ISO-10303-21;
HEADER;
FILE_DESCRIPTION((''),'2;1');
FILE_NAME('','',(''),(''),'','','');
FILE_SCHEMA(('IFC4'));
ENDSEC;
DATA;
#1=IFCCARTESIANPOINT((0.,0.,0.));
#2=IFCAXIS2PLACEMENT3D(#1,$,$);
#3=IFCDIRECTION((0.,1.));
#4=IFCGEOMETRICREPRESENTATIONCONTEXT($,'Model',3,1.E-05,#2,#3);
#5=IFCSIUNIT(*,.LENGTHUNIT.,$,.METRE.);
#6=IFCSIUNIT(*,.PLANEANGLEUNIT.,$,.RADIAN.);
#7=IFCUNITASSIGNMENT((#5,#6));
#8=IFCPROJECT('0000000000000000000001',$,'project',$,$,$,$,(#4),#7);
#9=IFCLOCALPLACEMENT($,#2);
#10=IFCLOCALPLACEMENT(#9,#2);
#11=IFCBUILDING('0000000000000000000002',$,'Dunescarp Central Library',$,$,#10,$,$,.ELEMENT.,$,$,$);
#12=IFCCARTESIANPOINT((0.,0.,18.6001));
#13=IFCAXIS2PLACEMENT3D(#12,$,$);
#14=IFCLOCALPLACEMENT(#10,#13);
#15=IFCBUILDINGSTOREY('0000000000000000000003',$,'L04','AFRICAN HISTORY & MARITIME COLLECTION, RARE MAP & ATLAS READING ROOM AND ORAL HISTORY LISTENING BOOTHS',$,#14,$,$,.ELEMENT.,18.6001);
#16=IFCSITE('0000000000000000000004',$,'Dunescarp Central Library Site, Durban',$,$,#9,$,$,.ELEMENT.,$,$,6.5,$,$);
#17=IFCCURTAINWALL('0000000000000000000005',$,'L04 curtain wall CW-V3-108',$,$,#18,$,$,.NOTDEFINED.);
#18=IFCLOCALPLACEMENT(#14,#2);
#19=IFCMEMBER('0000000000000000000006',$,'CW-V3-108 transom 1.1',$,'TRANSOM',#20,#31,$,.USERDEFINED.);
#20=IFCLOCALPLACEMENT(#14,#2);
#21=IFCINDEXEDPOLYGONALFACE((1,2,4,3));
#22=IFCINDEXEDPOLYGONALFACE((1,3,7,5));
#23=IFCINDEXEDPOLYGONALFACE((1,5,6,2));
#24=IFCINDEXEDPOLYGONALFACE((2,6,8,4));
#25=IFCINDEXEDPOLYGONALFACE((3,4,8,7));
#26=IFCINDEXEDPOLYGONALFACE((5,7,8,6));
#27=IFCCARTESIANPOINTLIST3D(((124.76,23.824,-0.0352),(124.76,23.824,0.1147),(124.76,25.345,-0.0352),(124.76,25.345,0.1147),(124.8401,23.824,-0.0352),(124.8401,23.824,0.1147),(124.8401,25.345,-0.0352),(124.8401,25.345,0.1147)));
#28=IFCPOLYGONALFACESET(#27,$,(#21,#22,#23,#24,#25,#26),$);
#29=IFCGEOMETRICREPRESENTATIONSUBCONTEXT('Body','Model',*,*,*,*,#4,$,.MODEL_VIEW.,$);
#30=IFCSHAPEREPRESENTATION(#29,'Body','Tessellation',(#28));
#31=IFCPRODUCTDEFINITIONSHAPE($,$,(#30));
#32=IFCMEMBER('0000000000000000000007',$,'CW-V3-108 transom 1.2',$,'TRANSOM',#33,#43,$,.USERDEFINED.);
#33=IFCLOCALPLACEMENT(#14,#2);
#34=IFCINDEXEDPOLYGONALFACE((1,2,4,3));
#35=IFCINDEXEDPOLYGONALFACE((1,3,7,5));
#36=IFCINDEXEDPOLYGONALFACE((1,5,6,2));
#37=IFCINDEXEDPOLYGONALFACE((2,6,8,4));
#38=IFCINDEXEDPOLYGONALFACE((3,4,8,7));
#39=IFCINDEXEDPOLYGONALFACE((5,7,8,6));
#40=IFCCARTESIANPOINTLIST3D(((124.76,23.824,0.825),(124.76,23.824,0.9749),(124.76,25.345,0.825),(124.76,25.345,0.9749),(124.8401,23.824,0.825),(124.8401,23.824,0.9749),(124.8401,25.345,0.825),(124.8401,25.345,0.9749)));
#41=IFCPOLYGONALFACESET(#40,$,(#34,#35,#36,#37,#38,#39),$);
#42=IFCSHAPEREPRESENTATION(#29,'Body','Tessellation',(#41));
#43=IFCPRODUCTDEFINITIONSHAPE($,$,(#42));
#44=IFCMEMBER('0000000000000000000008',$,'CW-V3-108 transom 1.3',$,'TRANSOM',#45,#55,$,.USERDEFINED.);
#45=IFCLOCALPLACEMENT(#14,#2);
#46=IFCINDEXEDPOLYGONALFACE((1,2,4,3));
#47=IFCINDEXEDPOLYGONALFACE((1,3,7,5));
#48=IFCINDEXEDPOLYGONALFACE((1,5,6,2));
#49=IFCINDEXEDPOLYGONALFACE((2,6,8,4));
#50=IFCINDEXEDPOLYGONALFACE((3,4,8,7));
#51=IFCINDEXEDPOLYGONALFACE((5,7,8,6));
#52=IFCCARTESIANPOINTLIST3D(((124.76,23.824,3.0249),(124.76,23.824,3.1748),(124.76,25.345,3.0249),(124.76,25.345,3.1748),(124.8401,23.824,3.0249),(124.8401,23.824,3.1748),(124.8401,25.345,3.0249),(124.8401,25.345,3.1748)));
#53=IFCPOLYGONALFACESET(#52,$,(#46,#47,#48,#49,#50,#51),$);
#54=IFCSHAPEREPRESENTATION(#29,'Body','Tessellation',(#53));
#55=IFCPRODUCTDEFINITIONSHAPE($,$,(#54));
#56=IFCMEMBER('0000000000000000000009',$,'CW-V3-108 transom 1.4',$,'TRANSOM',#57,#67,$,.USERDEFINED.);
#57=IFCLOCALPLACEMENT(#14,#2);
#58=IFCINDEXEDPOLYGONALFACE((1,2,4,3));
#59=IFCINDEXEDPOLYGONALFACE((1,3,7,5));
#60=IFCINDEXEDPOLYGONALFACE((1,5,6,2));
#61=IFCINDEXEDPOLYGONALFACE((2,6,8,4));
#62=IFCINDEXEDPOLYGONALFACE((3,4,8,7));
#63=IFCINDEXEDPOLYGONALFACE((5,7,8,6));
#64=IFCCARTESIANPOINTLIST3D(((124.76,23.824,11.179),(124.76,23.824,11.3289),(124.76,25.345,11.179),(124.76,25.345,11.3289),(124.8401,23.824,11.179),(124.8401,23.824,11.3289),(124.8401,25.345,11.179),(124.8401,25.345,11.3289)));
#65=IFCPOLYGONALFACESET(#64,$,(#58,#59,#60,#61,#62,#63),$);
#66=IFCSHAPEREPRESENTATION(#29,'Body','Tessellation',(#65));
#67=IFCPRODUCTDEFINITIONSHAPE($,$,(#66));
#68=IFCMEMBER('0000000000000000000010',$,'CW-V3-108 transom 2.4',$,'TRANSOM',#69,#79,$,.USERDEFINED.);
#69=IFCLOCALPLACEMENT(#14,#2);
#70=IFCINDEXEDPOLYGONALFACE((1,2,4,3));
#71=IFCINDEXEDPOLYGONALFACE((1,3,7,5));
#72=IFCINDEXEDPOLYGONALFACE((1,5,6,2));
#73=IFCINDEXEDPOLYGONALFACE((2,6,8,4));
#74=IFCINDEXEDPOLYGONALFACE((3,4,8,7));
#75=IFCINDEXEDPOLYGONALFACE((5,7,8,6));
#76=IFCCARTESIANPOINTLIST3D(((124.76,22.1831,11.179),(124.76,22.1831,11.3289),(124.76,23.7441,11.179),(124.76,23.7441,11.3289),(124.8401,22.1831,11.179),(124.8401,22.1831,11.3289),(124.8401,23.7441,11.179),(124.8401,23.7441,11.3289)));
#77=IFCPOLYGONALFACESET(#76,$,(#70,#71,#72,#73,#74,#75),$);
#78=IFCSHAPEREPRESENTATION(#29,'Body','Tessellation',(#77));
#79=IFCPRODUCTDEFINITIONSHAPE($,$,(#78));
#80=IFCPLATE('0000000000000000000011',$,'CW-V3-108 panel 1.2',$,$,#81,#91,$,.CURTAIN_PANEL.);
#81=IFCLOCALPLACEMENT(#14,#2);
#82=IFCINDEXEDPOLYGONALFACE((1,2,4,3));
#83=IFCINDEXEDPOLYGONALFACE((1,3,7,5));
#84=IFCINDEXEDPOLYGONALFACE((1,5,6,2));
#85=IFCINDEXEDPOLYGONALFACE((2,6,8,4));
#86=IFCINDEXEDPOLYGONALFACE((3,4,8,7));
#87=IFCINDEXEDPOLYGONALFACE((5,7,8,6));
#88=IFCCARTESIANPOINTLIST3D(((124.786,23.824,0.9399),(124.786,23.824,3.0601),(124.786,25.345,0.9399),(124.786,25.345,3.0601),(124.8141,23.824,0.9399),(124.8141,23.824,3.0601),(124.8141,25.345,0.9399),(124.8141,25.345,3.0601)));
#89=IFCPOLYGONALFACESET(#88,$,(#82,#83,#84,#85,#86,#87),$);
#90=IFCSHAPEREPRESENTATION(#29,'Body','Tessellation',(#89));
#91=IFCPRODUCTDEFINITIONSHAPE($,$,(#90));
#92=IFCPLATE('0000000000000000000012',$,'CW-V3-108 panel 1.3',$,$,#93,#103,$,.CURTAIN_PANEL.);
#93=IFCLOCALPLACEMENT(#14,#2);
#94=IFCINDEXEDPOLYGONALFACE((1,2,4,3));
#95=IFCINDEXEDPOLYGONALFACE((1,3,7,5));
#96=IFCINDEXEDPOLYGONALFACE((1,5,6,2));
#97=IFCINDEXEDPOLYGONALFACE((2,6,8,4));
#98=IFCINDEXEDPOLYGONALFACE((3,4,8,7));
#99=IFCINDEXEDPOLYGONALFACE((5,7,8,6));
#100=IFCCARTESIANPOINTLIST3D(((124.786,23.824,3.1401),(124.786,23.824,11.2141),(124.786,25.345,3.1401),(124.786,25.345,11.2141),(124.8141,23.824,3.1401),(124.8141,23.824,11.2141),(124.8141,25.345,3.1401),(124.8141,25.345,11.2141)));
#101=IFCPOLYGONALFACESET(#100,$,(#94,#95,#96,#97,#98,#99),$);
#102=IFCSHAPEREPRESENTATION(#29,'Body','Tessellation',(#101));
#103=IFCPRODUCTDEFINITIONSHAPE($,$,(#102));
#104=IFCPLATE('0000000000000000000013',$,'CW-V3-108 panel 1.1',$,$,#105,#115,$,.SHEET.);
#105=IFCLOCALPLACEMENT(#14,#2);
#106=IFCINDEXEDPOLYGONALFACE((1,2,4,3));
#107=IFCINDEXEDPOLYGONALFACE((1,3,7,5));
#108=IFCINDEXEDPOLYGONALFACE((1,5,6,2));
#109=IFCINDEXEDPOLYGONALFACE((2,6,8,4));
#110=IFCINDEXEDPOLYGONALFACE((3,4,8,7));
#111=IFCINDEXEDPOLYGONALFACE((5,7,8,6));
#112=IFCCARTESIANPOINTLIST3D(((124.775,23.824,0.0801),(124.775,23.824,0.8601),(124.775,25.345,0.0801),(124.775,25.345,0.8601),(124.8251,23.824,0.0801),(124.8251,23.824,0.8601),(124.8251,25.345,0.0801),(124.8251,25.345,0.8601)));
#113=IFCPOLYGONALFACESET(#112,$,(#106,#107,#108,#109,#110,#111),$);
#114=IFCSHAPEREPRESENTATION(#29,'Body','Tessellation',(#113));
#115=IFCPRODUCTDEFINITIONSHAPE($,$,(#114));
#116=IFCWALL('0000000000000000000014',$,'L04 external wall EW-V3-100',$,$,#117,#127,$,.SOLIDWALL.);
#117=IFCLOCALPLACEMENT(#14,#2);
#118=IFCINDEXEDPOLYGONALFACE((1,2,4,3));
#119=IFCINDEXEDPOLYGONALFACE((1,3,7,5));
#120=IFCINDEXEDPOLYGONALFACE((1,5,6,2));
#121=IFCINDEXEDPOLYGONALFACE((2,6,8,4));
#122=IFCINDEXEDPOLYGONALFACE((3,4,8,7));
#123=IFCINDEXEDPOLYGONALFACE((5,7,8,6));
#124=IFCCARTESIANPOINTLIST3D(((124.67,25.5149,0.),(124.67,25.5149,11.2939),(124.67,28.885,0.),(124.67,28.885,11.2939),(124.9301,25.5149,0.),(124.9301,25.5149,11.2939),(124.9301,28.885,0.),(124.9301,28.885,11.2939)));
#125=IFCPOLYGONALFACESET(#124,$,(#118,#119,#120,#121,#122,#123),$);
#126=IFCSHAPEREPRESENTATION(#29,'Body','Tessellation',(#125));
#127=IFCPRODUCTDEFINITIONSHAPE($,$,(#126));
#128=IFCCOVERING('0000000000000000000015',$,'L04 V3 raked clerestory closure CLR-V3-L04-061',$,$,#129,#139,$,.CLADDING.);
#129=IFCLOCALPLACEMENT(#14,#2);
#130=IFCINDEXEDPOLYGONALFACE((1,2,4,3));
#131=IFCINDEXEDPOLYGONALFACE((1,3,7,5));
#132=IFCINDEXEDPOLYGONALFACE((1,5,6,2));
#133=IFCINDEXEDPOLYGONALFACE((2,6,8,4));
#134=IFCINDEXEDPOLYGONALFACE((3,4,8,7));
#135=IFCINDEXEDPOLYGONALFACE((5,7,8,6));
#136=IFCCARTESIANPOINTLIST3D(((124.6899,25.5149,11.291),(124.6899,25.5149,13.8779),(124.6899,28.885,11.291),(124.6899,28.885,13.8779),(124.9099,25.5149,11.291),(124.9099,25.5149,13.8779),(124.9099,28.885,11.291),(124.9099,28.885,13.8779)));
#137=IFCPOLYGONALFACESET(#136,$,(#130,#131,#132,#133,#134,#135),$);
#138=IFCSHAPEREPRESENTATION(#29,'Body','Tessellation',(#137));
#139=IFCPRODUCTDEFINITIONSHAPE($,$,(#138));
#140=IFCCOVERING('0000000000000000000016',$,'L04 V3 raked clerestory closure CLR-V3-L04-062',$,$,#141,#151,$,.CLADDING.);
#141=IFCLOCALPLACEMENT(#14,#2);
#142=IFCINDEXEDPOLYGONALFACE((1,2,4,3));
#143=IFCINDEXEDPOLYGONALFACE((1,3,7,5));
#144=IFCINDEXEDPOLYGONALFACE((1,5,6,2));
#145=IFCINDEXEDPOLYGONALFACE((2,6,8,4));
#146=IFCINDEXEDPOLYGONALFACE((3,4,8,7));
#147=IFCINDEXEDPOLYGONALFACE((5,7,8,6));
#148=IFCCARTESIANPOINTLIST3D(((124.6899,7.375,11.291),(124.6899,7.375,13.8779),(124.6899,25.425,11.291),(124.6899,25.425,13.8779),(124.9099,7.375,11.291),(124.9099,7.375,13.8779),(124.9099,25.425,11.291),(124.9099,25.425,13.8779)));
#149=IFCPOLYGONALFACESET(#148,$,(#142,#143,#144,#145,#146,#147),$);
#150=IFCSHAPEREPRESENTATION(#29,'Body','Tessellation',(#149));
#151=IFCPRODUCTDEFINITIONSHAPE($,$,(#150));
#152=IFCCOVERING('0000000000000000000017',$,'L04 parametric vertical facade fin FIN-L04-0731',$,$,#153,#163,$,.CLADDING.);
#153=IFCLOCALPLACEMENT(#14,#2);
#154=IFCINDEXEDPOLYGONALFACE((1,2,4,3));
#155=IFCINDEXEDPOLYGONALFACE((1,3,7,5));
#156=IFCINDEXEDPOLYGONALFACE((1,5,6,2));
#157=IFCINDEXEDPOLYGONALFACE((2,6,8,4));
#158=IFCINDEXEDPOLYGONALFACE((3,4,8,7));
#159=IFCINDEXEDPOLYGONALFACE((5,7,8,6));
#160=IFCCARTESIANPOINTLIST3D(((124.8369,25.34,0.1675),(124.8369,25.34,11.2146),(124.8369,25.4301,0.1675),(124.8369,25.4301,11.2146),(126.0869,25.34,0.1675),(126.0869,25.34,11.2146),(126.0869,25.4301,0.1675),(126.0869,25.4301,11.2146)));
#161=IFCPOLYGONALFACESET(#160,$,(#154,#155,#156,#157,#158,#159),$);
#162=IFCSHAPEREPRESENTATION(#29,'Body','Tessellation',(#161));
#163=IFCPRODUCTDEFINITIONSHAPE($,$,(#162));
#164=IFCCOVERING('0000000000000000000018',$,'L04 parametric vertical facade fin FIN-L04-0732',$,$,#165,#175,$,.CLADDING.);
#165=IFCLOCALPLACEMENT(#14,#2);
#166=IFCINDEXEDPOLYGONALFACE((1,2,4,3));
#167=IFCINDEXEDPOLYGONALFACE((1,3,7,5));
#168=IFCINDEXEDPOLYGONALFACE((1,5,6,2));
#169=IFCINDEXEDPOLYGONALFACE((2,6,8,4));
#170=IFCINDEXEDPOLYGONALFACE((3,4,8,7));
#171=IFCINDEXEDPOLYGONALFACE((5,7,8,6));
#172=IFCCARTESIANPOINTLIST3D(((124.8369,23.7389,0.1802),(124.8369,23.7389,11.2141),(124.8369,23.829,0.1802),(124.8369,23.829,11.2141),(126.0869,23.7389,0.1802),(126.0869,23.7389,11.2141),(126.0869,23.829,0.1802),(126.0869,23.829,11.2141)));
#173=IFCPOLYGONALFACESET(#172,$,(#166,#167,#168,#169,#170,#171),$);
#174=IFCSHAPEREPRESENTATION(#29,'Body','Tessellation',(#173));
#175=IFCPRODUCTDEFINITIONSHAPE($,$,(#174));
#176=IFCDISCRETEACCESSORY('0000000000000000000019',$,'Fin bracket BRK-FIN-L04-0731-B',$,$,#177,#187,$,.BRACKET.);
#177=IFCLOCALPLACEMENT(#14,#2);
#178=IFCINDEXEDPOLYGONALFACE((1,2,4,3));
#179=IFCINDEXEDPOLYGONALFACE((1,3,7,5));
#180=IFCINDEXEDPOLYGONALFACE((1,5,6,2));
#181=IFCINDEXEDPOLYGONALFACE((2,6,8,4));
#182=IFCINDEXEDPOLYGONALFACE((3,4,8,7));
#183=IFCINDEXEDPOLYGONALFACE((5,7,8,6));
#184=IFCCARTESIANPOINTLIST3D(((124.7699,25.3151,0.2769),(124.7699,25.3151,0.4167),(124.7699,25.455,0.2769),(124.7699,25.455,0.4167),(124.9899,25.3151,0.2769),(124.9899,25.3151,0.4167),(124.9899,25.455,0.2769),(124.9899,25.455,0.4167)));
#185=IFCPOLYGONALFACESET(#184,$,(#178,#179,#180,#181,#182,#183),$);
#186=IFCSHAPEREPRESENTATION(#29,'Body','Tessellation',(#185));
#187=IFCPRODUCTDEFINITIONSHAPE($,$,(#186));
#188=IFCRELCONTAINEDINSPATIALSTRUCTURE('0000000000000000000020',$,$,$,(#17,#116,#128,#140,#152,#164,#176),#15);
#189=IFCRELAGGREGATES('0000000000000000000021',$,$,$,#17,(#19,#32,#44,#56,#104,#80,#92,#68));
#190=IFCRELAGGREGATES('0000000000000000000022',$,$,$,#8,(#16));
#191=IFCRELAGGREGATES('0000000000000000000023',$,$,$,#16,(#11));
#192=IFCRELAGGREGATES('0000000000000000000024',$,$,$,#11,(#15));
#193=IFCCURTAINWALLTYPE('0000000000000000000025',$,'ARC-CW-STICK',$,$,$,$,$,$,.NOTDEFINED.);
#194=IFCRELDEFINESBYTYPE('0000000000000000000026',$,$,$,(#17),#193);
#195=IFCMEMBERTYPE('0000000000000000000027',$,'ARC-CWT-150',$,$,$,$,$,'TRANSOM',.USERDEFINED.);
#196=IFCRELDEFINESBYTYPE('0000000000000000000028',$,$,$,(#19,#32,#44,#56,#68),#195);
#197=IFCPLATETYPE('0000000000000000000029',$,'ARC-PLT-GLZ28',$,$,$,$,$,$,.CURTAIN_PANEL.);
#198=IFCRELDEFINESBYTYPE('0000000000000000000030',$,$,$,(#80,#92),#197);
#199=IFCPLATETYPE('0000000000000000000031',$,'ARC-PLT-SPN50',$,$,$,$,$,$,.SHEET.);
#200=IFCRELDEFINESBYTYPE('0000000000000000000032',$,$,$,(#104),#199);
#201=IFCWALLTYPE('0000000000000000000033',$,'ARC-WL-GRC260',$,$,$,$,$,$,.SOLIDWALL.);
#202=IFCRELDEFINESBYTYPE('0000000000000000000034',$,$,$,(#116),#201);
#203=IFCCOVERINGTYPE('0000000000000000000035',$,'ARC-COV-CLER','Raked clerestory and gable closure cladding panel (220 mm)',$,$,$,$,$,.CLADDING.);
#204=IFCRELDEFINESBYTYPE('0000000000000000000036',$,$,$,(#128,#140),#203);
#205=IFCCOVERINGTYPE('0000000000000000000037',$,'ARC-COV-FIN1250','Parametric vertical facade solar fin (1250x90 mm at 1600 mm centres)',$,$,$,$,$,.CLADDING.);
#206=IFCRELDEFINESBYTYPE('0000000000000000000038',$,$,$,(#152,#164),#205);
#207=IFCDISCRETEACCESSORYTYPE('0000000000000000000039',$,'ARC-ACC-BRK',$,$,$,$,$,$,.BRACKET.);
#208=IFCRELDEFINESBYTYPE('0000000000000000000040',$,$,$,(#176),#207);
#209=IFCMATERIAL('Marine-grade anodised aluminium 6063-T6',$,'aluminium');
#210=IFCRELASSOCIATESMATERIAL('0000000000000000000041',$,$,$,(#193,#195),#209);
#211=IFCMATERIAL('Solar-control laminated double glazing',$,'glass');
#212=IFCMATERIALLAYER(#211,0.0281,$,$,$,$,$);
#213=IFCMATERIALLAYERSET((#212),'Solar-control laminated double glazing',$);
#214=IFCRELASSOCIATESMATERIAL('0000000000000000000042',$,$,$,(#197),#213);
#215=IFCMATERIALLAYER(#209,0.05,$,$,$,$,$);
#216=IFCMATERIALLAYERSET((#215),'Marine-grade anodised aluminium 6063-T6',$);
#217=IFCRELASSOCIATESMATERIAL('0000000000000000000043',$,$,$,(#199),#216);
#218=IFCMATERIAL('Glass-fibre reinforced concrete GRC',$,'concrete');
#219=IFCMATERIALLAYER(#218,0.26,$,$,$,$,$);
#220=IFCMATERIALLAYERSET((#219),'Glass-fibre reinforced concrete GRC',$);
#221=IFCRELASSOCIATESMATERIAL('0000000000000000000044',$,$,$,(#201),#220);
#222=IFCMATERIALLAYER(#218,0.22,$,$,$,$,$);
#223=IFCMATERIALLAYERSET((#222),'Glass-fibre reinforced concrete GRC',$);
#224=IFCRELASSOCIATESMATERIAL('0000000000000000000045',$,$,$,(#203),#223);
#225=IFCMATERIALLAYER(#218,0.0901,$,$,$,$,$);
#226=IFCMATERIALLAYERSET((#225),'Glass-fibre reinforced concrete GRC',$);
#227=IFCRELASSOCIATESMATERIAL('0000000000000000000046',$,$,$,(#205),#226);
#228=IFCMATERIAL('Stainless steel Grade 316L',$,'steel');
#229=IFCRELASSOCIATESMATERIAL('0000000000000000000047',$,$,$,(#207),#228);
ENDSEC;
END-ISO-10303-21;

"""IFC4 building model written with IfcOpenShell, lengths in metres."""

from ifc_helpers import new_model, si_unit, direction, frame, frame_2d, origin, origin_2d, place, context, subcontext, project, spatial, polyline, rectangle, outline, extrude, material, layer, layer_set, material_profile, profile_set, type_object, element, aggregate, save


model = new_model("IFC4")

# Units and contexts
model_context = context("Model", 3, precision=1e-05, world=origin(), true_north=direction((0.0, 1.0)))
body_context = subcontext(model_context, "Body", "Model", "MODEL_VIEW")
ifc_project = project(units=[si_unit("LENGTHUNIT", "METRE"), si_unit("PLANEANGLEUNIT", "RADIAN")], contexts=[model_context])

# Site, building, storey
site_placement = place(None, origin())
site = spatial("IfcSite", under=ifc_project, at=site_placement, Name="Dunescarp Central Library Site, Durban", CompositionType="ELEMENT", RefElevation=6.5)
building_placement = place(site_placement, origin())
building = spatial("IfcBuilding", under=site, at=building_placement, Name="Dunescarp Central Library", CompositionType="ELEMENT")
storey_placement = place(building_placement, frame((0.0, 0.0, 18.6001)))
storey = spatial("IfcBuildingStorey", under=building, at=storey_placement, Name="L04", Description="AFRICAN HISTORY & MARITIME COLLECTION, RARE MAP & ATLAS READING ROOM AND ORAL HISTORY LISTENING BOOTHS", CompositionType="ELEMENT", Elevation=18.6001)

# Curtain wall, members, plates
ifc_material_1 = material(Name="Marine-grade anodised aluminium 6063-T6", Category="aluminium")
curtain_wall_type = type_object("IfcCurtainWallType", Name="ARC-CW-STICK", PredefinedType="NOTDEFINED", material=ifc_material_1)
curtain_wall_placement = place(storey_placement, origin())
curtain_wall = element("IfcCurtainWall", 1, at=curtain_wall_placement, inside=storey, type_object=curtain_wall_type, Name="L04 curtain wall CW-V3-108", PredefinedType="NOTDEFINED")
ifc_material_profile_1 = material_profile(ifc_material_1, rectangle(XDim=0.0801, YDim=0.1499, at=origin_2d()), Name="AL 80x150")
ifc_profile_set_1 = profile_set([ifc_material_profile_1], Name="Marine-grade anodised aluminium 6063-T6")
member_type_1 = type_object("IfcMemberType", Name="ARC-CWT-150", ElementType="TRANSOM", PredefinedType="USERDEFINED", material=ifc_profile_set_1)
member_1_placement = place(storey_placement, frame((124.8, 25.345, 0.0398), z_axis=(0.0, -1.0, 0.0), x_axis=(1.0, 0.0, 0.0)))
member_1 = element("IfcMember", 2, at=member_1_placement, type_object=member_type_1, Name="CW-V3-108 transom 1.1", ObjectType="TRANSOM", PredefinedType="USERDEFINED", context=body_context, shape_type="SweptSolid", body=[
    extrude(rectangle(XDim=0.0801, YDim=0.1499, at=origin_2d()), origin(), (0.0, 0.0, 1.0), 1.521),
])
member_2_placement = place(storey_placement, frame((124.8, 25.345, 0.8999), z_axis=(0.0, -1.0, 0.0), x_axis=(1.0, 0.0, 0.0)))
member_2 = element("IfcMember", 3, at=member_2_placement, type_object=member_type_1, Name="CW-V3-108 transom 1.2", ObjectType="TRANSOM", PredefinedType="USERDEFINED", context=body_context, shape_type="SweptSolid", body=[
    extrude(rectangle(XDim=0.0801, YDim=0.1499, at=origin_2d()), origin(), (0.0, 0.0, 1.0), 1.521),
])
member_3_placement = place(storey_placement, frame((124.8, 25.345, 3.0999), z_axis=(0.0, -1.0, 0.0), x_axis=(1.0, 0.0, 0.0)))
member_3 = element("IfcMember", 4, at=member_3_placement, type_object=member_type_1, Name="CW-V3-108 transom 1.3", ObjectType="TRANSOM", PredefinedType="USERDEFINED", context=body_context, shape_type="SweptSolid", body=[
    extrude(rectangle(XDim=0.0801, YDim=0.1499, at=origin_2d()), origin(), (0.0, 0.0, 1.0), 1.521),
])
member_4_placement = place(storey_placement, frame((124.8, 25.345, 11.2539), z_axis=(0.0, -1.0, 0.0), x_axis=(1.0, 0.0, 0.0)))
member_4 = element("IfcMember", 5, at=member_4_placement, type_object=member_type_1, Name="CW-V3-108 transom 1.4", ObjectType="TRANSOM", PredefinedType="USERDEFINED", context=body_context, shape_type="SweptSolid", body=[
    extrude(rectangle(XDim=0.0801, YDim=0.1499, at=origin_2d()), origin(), (0.0, 0.0, 1.0), 1.521),
])
member_5_placement = place(storey_placement, frame((124.8, 23.7441, 11.2539), z_axis=(0.0, -1.0, 0.0), x_axis=(1.0, 0.0, 0.0)))
member_5 = element("IfcMember", 6, at=member_5_placement, type_object=member_type_1, Name="CW-V3-108 transom 2.4", ObjectType="TRANSOM", PredefinedType="USERDEFINED", context=body_context, shape_type="SweptSolid", body=[
    extrude(rectangle(XDim=0.0801, YDim=0.1499, at=origin_2d()), origin(), (0.0, 0.0, 1.0), 1.561),
])
ifc_material_2 = material(Name="Solar-control laminated double glazing", Category="glass")
ifc_layer_1 = layer(ifc_material_2, 0.0281)
ifc_layer_set_1 = layer_set([ifc_layer_1], Name="Solar-control laminated double glazing")
plate_type_1 = type_object("IfcPlateType", Name="ARC-PLT-GLZ28", PredefinedType="CURTAIN_PANEL", material=ifc_layer_set_1)
plate_1_placement = place(storey_placement, frame((124.8, 24.5845, 0.9399), z_axis=(0.0, 0.0, 1.0), x_axis=(0.0, -1.0, 0.0)))
plate_1 = element("IfcPlate", 7, at=plate_1_placement, type_object=plate_type_1, Name="CW-V3-108 panel 1.2", PredefinedType="CURTAIN_PANEL", context=body_context, shape_type="SweptSolid", body=[
    extrude(rectangle(XDim=1.521, YDim=0.0281, at=origin_2d()), origin(), (0.0, 0.0, 1.0), 2.1201),
])
plate_2_placement = place(storey_placement, frame((124.8, 24.5845, 3.1401), z_axis=(0.0, 0.0, 1.0), x_axis=(0.0, -1.0, 0.0)))
plate_2 = element("IfcPlate", 8, at=plate_2_placement, type_object=plate_type_1, Name="CW-V3-108 panel 1.3", PredefinedType="CURTAIN_PANEL", context=body_context, shape_type="SweptSolid", body=[
    extrude(rectangle(XDim=1.521, YDim=0.0281, at=origin_2d()), origin(), (0.0, 0.0, 1.0), 8.074),
])
ifc_layer_2 = layer(ifc_material_1, 0.05)
ifc_layer_set_2 = layer_set([ifc_layer_2], Name="Marine-grade anodised aluminium 6063-T6")
plate_type_2 = type_object("IfcPlateType", Name="ARC-PLT-SPN50", PredefinedType="SHEET", material=ifc_layer_set_2)
plate_3_placement = place(storey_placement, frame((124.8, 24.5845, 0.0801), z_axis=(0.0, 0.0, 1.0), x_axis=(0.0, -1.0, 0.0)))
plate_3 = element("IfcPlate", 9, at=plate_3_placement, type_object=plate_type_2, Name="CW-V3-108 panel 1.1", PredefinedType="SHEET", context=body_context, shape_type="SweptSolid", body=[
    extrude(rectangle(XDim=1.521, YDim=0.05, at=origin_2d()), origin(), (0.0, 0.0, 1.0), 0.78),
])
aggregate(curtain_wall, [member_1, member_2, member_3, member_4, plate_3, plate_1, plate_2, member_5])

# Wall
ifc_material_3 = material(Name="Glass-fibre reinforced concrete GRC", Category="concrete")
ifc_layer_3 = layer(ifc_material_3, 0.26)
ifc_layer_set_3 = layer_set([ifc_layer_3], Name="Glass-fibre reinforced concrete GRC")
wall_type = type_object("IfcWallType", Name="ARC-WL-GRC260", PredefinedType="SOLIDWALL", material=ifc_layer_set_3)
wall_placement = place(storey_placement, frame((124.8, 28.885, 0.0), z_axis=(0.0, 0.0, 1.0), x_axis=(0.0, -1.0, 0.0)))
element("IfcWall", 10, at=wall_placement, inside=storey, type_object=wall_type, Name="L04 external wall EW-V3-100", PredefinedType="SOLIDWALL", context=body_context, shape_type="SweptSolid", body=[
    extrude(rectangle(XDim=3.3701, YDim=0.26, at=frame_2d((1.6851, 0.0))), origin(), (0.0, 0.0, 1.0), 11.2939),
])

# Coverings
ifc_layer_4 = layer(ifc_material_3, 0.22)
ifc_layer_set_4 = layer_set([ifc_layer_4], Name="Glass-fibre reinforced concrete GRC")
covering_type_1 = type_object("IfcCoveringType", Name="ARC-COV-CLER", Description="Raked clerestory and gable closure cladding panel (220 mm)", PredefinedType="CLADDING", material=ifc_layer_set_4)
covering_1_placement = place(storey_placement, frame((124.8, 28.885, 11.291), z_axis=(0.0, 0.0, 1.0), x_axis=(0.0, -1.0, 0.0)))
element("IfcCovering", 11, at=covering_1_placement, inside=storey, type_object=covering_type_1, Name="L04 V3 raked clerestory closure CLR-V3-L04-061", PredefinedType="CLADDING", context=body_context, shape_type="SweptSolid", body=[
    extrude(outline(polyline([(0.0, 0.0), (3.3701, 0.0), (3.3701, 2.5869), (0.0, 2.5869), (0.0, 0.0)])), frame((0.0, 0.1099, 0.0), z_axis=(0.0, -1.0, 0.0), x_axis=(1.0, 0.0, 0.0)), (0.0, 0.0, 1.0), 0.22),
])
covering_2_placement = place(storey_placement, frame((124.8, 25.425, 11.291), z_axis=(0.0, 0.0, 1.0), x_axis=(0.0, -1.0, 0.0)))
element("IfcCovering", 12, at=covering_2_placement, inside=storey, type_object=covering_type_1, Name="L04 V3 raked clerestory closure CLR-V3-L04-062", PredefinedType="CLADDING", context=body_context, shape_type="SweptSolid", body=[
    extrude(outline(polyline([(0.0, 0.0), (18.05, 0.0), (18.05, 2.5869), (0.0, 2.5869), (0.0, 0.0)])), frame((0.0, 0.1099, 0.0), z_axis=(0.0, -1.0, 0.0), x_axis=(1.0, 0.0, 0.0)), (0.0, 0.0, 1.0), 0.22),
])
ifc_layer_5 = layer(ifc_material_3, 0.0901)
ifc_layer_set_5 = layer_set([ifc_layer_5], Name="Glass-fibre reinforced concrete GRC")
covering_type_2 = type_object("IfcCoveringType", Name="ARC-COV-FIN1250", Description="Parametric vertical facade solar fin (1250x90 mm at 1600 mm centres)", PredefinedType="CLADDING", material=ifc_layer_set_5)
covering_3_placement = place(storey_placement, frame((125.4619, 25.385, 0.1675), z_axis=(0.0, 0.0, 1.0), x_axis=(1.0, 0.0, 0.0)))
element("IfcCovering", 13, at=covering_3_placement, inside=storey, type_object=covering_type_2, Name="L04 parametric vertical facade fin FIN-L04-0731", PredefinedType="CLADDING", context=body_context, shape_type="SweptSolid", body=[
    extrude(rectangle(XDim=1.25, YDim=0.0901, at=origin_2d()), origin(), (0.0, 0.0, 1.0), 11.0471),
])
covering_4_placement = place(storey_placement, frame((125.4619, 23.7839, 0.1802), z_axis=(0.0, 0.0, 1.0), x_axis=(1.0, 0.0, 0.0)))
element("IfcCovering", 14, at=covering_4_placement, inside=storey, type_object=covering_type_2, Name="L04 parametric vertical facade fin FIN-L04-0732", PredefinedType="CLADDING", context=body_context, shape_type="SweptSolid", body=[
    extrude(rectangle(XDim=1.25, YDim=0.0901, at=origin_2d()), origin(), (0.0, 0.0, 1.0), 11.0339),
])

# Discrete accessory
ifc_material_4 = material(Name="Stainless steel Grade 316L", Category="steel")
discrete_accessory_type = type_object("IfcDiscreteAccessoryType", Name="ARC-ACC-BRK", PredefinedType="BRACKET", material=ifc_material_4)
for number, where, z_axis, x_axis, name in (
    (15, (124.8799, 25.385, 0.2769), (0.0, 0.0, 1.0), (1.0, 0.0, 0.0), "Fin bracket BRK-FIN-L04-0731-B"),
):
    element("IfcDiscreteAccessory", number, at=place(storey_placement, frame(where, z_axis=z_axis, x_axis=x_axis)), inside=storey, type_object=discrete_accessory_type, Name=name, PredefinedType="BRACKET", context=body_context, shape_type="SweptSolid", body=[
        extrude(rectangle(XDim=0.22, YDim=0.1399, at=origin_2d()), origin(), (0.0, 0.0, 1.0), 0.1399),
    ])

save(model, "model.ifc")
